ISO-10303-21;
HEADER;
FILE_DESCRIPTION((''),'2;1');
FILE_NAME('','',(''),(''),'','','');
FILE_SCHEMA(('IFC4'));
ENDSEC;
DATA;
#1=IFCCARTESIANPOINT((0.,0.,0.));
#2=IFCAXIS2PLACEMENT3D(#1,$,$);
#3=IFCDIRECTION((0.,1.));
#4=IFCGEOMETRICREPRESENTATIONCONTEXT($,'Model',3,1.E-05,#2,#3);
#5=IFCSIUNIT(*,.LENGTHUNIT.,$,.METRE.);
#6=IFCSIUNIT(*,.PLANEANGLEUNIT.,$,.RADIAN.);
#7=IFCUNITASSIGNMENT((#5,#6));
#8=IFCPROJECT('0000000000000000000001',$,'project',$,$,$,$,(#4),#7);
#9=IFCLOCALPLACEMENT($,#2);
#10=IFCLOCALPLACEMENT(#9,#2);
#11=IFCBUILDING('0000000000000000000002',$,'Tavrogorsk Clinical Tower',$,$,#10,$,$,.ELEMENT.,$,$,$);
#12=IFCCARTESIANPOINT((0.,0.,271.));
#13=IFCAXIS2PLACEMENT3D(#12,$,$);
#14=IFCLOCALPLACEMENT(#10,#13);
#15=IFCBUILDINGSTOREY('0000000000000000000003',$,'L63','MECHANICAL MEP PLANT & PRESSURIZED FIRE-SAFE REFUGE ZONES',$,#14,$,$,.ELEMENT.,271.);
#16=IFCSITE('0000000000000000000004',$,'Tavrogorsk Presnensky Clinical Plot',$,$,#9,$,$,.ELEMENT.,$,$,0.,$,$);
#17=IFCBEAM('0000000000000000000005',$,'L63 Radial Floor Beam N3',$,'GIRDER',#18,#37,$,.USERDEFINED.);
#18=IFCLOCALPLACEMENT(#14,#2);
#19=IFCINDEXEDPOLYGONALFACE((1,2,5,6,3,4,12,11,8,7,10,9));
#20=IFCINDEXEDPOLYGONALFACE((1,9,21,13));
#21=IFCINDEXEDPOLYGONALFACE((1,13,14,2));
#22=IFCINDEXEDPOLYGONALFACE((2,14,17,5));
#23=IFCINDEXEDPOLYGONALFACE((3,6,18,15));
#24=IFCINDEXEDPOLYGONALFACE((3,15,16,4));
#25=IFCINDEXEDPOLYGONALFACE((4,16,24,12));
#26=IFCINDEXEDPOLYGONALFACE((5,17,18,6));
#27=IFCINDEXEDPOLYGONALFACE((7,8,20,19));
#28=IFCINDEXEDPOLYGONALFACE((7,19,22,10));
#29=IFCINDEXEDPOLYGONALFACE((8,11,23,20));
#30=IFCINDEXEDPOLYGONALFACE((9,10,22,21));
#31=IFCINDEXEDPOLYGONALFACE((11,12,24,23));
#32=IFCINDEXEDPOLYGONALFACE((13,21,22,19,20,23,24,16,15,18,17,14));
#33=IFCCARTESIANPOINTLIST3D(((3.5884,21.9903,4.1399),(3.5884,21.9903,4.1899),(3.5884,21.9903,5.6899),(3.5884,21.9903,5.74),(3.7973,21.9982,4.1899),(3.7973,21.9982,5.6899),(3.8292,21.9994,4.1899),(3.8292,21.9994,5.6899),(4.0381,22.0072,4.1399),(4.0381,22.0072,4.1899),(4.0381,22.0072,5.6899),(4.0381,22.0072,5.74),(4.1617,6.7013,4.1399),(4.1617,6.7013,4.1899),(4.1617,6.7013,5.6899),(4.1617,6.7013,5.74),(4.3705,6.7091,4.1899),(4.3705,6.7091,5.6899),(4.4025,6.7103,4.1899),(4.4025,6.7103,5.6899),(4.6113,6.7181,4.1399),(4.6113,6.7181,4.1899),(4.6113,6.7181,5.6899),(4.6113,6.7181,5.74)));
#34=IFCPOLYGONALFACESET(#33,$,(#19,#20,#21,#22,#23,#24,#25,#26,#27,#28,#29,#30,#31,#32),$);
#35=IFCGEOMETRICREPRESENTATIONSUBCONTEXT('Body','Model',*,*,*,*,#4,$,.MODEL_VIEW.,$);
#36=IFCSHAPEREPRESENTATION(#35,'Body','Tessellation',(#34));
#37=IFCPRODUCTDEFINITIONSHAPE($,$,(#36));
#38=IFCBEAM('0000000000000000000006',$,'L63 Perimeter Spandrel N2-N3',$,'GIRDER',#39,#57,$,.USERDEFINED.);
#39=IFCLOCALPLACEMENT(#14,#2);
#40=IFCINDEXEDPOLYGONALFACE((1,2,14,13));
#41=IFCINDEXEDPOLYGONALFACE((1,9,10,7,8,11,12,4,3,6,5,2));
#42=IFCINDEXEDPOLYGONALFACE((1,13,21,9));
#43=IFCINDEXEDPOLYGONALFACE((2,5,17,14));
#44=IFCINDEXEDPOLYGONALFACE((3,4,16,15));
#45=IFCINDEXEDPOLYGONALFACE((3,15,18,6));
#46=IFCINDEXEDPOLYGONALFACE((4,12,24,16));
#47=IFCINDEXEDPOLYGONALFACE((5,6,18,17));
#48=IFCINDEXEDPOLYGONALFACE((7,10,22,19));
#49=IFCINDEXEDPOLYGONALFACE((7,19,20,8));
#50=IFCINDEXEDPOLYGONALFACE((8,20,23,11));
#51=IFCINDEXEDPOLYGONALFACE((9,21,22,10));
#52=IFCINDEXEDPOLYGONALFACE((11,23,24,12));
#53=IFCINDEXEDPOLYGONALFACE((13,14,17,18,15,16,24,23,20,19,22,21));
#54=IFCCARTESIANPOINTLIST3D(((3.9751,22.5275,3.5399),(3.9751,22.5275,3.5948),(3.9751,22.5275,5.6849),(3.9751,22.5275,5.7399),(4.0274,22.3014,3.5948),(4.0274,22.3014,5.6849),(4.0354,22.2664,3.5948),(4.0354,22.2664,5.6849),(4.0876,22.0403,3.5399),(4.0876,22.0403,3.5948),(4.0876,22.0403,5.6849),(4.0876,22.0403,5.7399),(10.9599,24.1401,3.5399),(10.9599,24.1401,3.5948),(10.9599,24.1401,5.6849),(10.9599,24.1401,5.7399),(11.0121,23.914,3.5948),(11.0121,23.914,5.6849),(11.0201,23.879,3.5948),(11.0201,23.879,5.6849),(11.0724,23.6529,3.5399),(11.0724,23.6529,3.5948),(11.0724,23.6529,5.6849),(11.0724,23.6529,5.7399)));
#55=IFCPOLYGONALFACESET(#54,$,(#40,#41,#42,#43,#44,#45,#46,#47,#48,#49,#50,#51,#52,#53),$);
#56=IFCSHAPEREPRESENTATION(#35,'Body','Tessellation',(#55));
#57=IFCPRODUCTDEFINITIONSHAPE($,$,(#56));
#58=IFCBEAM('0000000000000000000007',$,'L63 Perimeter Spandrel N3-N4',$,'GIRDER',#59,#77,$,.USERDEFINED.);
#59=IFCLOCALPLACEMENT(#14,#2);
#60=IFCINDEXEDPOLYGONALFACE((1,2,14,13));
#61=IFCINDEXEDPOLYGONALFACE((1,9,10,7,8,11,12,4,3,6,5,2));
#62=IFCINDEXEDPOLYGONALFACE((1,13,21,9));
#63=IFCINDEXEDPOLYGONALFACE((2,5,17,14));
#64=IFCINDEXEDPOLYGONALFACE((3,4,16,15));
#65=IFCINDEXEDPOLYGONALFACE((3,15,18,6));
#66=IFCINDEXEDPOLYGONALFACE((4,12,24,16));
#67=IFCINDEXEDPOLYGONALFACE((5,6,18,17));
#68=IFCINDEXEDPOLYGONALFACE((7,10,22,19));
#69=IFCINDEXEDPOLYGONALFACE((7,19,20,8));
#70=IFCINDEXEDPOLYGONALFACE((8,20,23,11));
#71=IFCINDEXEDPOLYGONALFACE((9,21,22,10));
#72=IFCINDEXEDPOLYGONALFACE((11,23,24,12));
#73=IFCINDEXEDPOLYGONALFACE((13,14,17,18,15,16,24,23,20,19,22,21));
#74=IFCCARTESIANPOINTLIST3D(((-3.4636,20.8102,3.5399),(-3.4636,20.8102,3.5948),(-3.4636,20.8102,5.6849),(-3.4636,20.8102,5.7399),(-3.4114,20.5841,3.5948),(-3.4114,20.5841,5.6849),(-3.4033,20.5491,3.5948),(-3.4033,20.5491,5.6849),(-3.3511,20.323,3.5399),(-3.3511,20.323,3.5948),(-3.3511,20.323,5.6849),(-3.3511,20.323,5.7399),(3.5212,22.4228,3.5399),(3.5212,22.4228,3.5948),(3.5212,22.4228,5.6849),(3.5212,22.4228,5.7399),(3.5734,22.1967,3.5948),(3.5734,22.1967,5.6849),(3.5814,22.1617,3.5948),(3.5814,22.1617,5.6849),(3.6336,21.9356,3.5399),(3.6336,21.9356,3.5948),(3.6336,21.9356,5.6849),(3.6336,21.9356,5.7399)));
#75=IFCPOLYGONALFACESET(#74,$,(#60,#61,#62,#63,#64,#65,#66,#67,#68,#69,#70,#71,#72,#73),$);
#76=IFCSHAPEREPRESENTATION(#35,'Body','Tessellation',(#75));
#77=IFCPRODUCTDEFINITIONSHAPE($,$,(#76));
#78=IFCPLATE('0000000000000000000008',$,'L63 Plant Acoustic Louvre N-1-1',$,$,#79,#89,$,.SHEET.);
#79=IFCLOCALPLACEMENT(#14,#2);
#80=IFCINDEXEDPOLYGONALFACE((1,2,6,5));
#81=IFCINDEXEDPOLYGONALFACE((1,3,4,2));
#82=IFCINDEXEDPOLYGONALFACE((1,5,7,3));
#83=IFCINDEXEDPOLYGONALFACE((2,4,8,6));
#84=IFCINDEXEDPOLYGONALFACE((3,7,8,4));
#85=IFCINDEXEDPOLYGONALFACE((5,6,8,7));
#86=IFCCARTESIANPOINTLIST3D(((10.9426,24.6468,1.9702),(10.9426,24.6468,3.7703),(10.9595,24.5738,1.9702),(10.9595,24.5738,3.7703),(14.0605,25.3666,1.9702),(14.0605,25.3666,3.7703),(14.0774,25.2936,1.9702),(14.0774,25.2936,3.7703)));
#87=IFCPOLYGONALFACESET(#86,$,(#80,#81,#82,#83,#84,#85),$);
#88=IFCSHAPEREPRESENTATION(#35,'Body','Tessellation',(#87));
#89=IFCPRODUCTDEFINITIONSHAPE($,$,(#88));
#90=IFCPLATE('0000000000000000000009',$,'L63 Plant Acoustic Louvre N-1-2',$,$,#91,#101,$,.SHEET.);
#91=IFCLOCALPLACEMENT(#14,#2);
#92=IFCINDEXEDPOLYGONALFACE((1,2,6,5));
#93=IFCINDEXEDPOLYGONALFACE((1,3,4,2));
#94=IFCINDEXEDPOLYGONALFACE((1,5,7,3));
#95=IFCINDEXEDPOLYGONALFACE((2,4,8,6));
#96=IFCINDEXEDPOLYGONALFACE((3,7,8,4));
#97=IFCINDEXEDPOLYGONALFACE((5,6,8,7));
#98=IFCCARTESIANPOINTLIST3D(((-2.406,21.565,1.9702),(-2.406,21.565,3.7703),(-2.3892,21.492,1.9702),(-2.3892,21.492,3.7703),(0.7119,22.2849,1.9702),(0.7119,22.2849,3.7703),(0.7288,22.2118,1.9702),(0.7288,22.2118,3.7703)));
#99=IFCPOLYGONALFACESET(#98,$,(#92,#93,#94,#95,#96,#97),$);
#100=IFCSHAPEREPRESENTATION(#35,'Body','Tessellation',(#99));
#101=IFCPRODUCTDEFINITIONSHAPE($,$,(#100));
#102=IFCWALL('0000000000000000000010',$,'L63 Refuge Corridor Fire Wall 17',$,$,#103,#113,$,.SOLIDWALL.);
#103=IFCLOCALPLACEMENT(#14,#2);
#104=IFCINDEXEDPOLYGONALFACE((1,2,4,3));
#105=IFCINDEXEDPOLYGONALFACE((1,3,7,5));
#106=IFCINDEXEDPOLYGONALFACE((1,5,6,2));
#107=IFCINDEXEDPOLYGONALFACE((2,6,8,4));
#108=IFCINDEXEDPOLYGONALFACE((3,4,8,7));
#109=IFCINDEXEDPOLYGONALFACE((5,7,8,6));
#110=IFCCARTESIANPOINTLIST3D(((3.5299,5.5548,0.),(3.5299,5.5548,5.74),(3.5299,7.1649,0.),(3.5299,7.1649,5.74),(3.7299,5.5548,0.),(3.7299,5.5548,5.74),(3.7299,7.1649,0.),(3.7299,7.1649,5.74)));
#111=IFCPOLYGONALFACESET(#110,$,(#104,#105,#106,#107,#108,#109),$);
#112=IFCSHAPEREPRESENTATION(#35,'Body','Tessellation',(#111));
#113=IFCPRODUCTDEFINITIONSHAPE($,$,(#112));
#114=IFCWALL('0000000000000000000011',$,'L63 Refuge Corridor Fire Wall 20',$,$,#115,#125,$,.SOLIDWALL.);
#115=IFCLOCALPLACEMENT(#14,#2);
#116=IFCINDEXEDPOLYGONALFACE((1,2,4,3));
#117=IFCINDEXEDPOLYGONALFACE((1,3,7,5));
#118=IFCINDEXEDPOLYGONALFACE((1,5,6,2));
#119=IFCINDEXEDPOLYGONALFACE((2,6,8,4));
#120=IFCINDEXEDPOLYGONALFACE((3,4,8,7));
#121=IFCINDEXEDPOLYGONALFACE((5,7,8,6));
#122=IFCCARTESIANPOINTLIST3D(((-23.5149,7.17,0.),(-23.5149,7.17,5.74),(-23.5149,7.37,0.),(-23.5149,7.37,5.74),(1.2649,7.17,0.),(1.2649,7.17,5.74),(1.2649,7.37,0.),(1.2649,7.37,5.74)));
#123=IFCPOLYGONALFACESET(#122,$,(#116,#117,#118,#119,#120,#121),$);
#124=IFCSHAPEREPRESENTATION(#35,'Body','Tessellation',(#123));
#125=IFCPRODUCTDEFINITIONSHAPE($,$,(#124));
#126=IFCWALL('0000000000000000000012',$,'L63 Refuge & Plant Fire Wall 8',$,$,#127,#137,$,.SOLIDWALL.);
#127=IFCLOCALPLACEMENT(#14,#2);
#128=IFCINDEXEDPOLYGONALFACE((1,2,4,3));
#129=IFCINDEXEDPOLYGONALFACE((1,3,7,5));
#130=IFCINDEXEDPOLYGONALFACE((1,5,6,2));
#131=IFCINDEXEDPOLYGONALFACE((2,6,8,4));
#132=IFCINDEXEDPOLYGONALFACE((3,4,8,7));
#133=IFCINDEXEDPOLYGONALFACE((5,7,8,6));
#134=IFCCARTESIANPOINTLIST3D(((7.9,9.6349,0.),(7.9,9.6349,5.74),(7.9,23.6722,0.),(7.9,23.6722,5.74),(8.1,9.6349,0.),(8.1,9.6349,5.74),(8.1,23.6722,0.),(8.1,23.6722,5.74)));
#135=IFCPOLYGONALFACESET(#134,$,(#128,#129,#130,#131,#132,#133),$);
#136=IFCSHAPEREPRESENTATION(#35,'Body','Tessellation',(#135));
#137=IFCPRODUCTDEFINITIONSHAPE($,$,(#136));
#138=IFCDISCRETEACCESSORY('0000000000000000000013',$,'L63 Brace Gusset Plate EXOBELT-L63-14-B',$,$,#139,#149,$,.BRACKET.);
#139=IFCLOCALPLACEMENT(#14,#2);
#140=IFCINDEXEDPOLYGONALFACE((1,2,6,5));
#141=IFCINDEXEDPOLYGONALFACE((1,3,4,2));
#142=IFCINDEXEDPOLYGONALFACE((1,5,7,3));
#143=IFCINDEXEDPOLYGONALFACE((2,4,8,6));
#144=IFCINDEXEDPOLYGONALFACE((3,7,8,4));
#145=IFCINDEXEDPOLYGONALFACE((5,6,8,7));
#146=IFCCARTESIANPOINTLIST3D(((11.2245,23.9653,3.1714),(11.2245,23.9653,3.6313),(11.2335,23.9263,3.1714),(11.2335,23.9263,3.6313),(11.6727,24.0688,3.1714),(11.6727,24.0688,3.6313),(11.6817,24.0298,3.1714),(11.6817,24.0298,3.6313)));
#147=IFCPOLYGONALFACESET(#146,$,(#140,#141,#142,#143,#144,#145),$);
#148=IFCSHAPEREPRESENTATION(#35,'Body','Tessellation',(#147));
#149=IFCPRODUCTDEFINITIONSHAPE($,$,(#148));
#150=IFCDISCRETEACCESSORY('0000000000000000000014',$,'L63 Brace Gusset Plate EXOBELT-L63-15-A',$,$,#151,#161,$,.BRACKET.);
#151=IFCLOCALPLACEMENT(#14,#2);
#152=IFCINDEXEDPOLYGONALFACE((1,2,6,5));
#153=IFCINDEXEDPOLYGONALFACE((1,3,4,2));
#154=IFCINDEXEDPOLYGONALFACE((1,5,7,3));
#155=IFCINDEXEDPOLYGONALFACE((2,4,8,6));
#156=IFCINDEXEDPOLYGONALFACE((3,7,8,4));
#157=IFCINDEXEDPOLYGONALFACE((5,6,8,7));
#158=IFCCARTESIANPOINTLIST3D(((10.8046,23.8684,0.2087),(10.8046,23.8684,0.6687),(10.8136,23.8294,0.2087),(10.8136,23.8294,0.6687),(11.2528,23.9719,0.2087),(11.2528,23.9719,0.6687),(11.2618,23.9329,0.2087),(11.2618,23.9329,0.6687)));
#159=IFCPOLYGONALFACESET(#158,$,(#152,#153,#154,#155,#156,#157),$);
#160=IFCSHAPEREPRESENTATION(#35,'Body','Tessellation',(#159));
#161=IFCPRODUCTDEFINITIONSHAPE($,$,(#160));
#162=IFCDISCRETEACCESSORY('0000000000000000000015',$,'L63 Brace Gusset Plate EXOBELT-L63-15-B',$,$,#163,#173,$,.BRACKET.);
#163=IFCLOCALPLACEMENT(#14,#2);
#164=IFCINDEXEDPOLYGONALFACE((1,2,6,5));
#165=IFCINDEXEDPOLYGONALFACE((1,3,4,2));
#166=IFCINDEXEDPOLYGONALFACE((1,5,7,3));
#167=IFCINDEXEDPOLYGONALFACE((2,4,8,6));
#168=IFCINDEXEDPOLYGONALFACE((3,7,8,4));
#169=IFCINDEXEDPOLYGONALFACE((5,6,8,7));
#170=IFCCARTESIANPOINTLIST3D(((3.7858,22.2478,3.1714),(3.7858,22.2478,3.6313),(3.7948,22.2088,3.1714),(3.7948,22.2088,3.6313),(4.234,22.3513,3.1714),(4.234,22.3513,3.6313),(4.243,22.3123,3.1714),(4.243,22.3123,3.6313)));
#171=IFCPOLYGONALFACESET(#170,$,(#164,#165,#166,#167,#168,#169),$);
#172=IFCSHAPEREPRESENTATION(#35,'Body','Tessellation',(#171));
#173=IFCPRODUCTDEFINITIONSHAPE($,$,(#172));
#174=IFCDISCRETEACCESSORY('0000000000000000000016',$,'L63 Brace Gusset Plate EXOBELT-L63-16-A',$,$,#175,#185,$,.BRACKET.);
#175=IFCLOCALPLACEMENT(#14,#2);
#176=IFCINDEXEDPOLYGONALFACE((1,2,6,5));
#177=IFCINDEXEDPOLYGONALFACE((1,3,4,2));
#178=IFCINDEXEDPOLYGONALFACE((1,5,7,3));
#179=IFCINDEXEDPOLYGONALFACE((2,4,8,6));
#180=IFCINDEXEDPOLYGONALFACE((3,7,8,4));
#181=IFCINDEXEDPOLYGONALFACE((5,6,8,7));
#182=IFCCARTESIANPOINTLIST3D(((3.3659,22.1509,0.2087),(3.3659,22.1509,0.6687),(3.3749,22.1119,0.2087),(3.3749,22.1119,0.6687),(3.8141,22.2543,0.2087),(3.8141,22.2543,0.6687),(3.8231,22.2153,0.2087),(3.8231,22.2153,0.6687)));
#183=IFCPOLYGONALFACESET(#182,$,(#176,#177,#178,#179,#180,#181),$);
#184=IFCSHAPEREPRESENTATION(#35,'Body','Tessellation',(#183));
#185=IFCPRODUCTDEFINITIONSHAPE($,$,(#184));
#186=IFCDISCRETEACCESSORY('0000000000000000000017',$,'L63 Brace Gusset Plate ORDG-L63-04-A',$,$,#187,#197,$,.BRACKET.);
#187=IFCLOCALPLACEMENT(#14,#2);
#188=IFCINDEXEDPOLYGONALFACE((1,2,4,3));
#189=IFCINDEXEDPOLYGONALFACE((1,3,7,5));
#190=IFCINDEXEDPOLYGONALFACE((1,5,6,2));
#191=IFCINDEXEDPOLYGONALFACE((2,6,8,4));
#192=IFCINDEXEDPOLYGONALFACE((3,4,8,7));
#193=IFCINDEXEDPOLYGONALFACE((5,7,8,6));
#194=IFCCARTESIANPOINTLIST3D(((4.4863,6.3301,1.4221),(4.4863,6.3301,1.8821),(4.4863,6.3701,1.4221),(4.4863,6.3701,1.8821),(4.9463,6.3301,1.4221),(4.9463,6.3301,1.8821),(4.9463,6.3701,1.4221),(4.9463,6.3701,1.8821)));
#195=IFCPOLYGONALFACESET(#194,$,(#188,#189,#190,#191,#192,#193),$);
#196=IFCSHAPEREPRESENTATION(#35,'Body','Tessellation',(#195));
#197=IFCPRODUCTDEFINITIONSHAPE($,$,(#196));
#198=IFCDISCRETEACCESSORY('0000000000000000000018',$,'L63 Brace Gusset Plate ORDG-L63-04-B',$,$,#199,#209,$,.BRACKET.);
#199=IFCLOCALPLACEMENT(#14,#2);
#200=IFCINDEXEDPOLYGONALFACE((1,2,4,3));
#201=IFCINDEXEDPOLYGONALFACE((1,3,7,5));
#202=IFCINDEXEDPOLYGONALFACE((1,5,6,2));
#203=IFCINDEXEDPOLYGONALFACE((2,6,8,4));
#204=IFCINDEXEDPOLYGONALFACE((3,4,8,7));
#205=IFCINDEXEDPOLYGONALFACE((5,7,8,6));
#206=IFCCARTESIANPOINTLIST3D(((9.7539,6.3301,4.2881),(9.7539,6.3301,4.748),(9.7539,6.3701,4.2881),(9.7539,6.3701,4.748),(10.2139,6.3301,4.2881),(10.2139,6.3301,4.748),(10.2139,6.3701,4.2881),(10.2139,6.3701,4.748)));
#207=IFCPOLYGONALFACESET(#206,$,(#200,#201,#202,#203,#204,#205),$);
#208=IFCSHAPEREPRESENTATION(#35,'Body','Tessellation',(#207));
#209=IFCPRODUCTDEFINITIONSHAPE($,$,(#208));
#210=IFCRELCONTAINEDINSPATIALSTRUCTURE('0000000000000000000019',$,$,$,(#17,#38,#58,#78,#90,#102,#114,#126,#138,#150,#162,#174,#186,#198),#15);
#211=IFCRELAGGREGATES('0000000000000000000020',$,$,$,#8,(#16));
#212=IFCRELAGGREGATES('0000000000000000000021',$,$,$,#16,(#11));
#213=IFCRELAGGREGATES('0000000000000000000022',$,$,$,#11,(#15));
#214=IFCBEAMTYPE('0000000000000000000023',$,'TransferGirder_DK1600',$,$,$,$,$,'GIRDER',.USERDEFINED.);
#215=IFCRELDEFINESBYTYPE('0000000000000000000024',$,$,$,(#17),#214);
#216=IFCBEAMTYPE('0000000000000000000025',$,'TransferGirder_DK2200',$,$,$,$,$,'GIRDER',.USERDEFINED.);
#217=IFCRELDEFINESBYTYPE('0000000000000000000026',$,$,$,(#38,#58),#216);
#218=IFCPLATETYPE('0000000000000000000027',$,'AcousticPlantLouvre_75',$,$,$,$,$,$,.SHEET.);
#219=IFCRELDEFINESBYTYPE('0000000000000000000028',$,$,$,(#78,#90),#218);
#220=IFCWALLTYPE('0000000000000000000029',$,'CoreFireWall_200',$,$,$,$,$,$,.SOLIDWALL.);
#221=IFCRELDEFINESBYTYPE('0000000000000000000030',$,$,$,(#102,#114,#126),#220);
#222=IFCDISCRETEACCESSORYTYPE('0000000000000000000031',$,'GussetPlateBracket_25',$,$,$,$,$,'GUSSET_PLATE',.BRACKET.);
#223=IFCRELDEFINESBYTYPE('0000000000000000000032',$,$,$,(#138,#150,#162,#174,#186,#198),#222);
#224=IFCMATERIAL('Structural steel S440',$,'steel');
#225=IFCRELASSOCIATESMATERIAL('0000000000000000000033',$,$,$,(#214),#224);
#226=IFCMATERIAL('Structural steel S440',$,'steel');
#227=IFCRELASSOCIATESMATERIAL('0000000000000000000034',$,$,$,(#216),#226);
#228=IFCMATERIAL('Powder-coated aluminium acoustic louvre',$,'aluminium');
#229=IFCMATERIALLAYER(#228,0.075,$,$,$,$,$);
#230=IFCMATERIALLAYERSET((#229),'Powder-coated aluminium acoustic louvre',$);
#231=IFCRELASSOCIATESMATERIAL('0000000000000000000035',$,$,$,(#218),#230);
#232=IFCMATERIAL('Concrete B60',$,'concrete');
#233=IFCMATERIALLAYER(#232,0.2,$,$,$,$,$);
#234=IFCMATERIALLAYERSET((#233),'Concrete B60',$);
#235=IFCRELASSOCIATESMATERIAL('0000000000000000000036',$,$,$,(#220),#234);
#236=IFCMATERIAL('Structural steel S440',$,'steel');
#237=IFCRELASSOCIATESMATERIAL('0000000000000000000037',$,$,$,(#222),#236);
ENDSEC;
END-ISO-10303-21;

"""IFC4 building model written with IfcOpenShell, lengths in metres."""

from ifc_helpers import new_model, si_unit, direction, frame, frame_2d, origin, origin_2d, place, context, subcontext, project, spatial, rectangle, i_section, extrude, material, layer, layer_set, material_profile, profile_set, type_object, element, save


model = new_model("IFC4")

# Units and contexts
model_context = context("Model", 3, precision=1e-05, world=origin(), true_north=direction((0.0, 1.0)))
body_context = subcontext(model_context, "Body", "Model", "MODEL_VIEW")
ifc_project = project(units=[si_unit("LENGTHUNIT", "METRE"), si_unit("PLANEANGLEUNIT", "RADIAN")], contexts=[model_context])

# Site, building, storey
site_placement = place(None, origin())
site = spatial("IfcSite", under=ifc_project, at=site_placement, Name="Tavrogorsk Presnensky Clinical Plot", CompositionType="ELEMENT", RefElevation=0.0)
building_placement = place(site_placement, origin())
building = spatial("IfcBuilding", under=site, at=building_placement, Name="Tavrogorsk Clinical Tower", CompositionType="ELEMENT")
storey_placement = place(building_placement, frame((0.0, 0.0, 271.0)))
storey = spatial("IfcBuildingStorey", under=building, at=storey_placement, Name="L63", Description="MECHANICAL MEP PLANT & PRESSURIZED FIRE-SAFE REFUGE ZONES", CompositionType="ELEMENT", Elevation=271.0)

# Beams
ifc_material_1 = material(Name="Structural steel S440", Category="steel")
ifc_material_profile_1 = material_profile(ifc_material_1, i_section(OverallWidth=0.45, OverallDepth=1.6001, WebThickness=0.032, FlangeThickness=0.05, at=origin_2d()), Name="DK-1600x450x32x50")
ifc_profile_set_1 = profile_set([ifc_material_profile_1], Name="Structural steel S440")
beam_type_1 = type_object("IfcBeamType", Name="TransferGirder_DK1600", ElementType="GIRDER", PredefinedType="USERDEFINED", material=ifc_profile_set_1)
beam_1_placement = place(storey_placement, frame((4.3865, 6.7097, 4.9399), z_axis=(-0.037467, 0.999298, 0.0), x_axis=(-0.999298, -0.037467, 0.0)))
element("IfcBeam", 1, at=beam_1_placement, inside=storey, type_object=beam_type_1, Name="L63 Radial Floor Beam N3", ObjectType="GIRDER", PredefinedType="USERDEFINED", context=body_context, shape_type="SweptSolid", body=[
    extrude(i_section(OverallWidth=0.45, OverallDepth=1.6001, WebThickness=0.032, FlangeThickness=0.05, at=origin_2d()), origin(), (0.0, 0.0, 1.0), 15.2998),
])
ifc_material_2 = material(Name="Structural steel S440", Category="steel")
ifc_material_profile_2 = material_profile(ifc_material_2, i_section(OverallWidth=0.5, OverallDepth=2.2, WebThickness=0.0359, FlangeThickness=0.0549, at=origin_2d()), Name="DK-2200x500x36x55")
ifc_profile_set_2 = profile_set([ifc_material_profile_2], Name="Structural steel S440")
beam_type_2 = type_object("IfcBeamType", Name="TransferGirder_DK2200", ElementType="GIRDER", PredefinedType="USERDEFINED", material=ifc_profile_set_2)
for number, where, z_axis, x_axis, name in (
    (2, (11.0161, 23.8965, 4.6399), (-0.974369, -0.224954, 0.0), (0.224954, -0.974369, 0.0), "L63 Perimeter Spandrel N2-N3"),
    (3, (3.5774, 22.1792, 4.6399), (-0.974369, -0.224954, 0.0), (0.224954, -0.974369, 0.0), "L63 Perimeter Spandrel N3-N4"),
):
    element("IfcBeam", number, at=place(storey_placement, frame(where, z_axis=z_axis, x_axis=x_axis)), inside=storey, type_object=beam_type_2, Name=name, ObjectType="GIRDER", PredefinedType="USERDEFINED", context=body_context, shape_type="SweptSolid", body=[
        extrude(i_section(OverallWidth=0.5, OverallDepth=2.2, WebThickness=0.0359, FlangeThickness=0.0549, at=origin_2d()), origin(), (0.0, 0.0, 1.0), 7.1685),
    ])

# Plates
ifc_material_3 = material(Name="Powder-coated aluminium acoustic louvre", Category="aluminium")
ifc_layer_1 = layer(ifc_material_3, 0.075)
ifc_layer_set_1 = layer_set([ifc_layer_1], Name="Powder-coated aluminium acoustic louvre")
plate_type = type_object("IfcPlateType", Name="AcousticPlantLouvre_75", PredefinedType="SHEET", material=ifc_layer_set_1)
for number, where, z_axis, x_axis, name in (
    (4, (12.51, 24.9702, 1.9702), (0.0, 0.0, 1.0), (-0.97437, -0.224953, 0.0), "L63 Plant Acoustic Louvre N-1-1"),
    (5, (-0.8386, 21.8884, 1.9702), (0.0, 0.0, 1.0), (-0.97437, -0.224953, 0.0), "L63 Plant Acoustic Louvre N-1-2"),
):
    element("IfcPlate", number, at=place(storey_placement, frame(where, z_axis=z_axis, x_axis=x_axis)), inside=storey, type_object=plate_type, Name=name, PredefinedType="SHEET", context=body_context, shape_type="SweptSolid", body=[
        extrude(rectangle(XDim=3.2, YDim=0.075, at=origin_2d()), origin(), (0.0, 0.0, 1.0), 1.8),
    ])

# Walls
ifc_material_4 = material(Name="Concrete B60", Category="concrete")
ifc_layer_2 = layer(ifc_material_4, 0.2)
ifc_layer_set_2 = layer_set([ifc_layer_2], Name="Concrete B60")
wall_type = type_object("IfcWallType", Name="CoreFireWall_200", PredefinedType="SOLIDWALL", material=ifc_layer_set_2)
wall_1_placement = place(storey_placement, frame((3.6299, 7.165, 0.0), z_axis=(0.0, 0.0, 1.0), x_axis=(0.0, -1.0, 0.0)))
element("IfcWall", 6, at=wall_1_placement, inside=storey, type_object=wall_type, Name="L63 Refuge Corridor Fire Wall 17", PredefinedType="SOLIDWALL", context=body_context, shape_type="SweptSolid", body=[
    extrude(rectangle(XDim=1.6101, YDim=0.2, at=frame_2d((0.8052, 0.0))), origin(), (0.0, 0.0, 1.0), 5.74),
])
wall_2_placement = place(storey_placement, frame((1.2649, 7.27, 0.0), z_axis=(0.0, 0.0, 1.0), x_axis=(-1.0, 0.0, 0.0)))
element("IfcWall", 7, at=wall_2_placement, inside=storey, type_object=wall_type, Name="L63 Refuge Corridor Fire Wall 20", PredefinedType="SOLIDWALL", context=body_context, shape_type="SweptSolid", body=[
    extrude(rectangle(XDim=24.7798, YDim=0.2, at=frame_2d((12.3899, 0.0))), origin(), (0.0, 0.0, 1.0), 5.74),
])
wall_3_placement = place(storey_placement, frame((8.0, 9.635, 0.0), z_axis=(0.0, 0.0, 1.0), x_axis=(0.0, 1.0, 0.0)))
element("IfcWall", 8, at=wall_3_placement, inside=storey, type_object=wall_type, Name="L63 Refuge & Plant Fire Wall 8", PredefinedType="SOLIDWALL", context=body_context, shape_type="SweptSolid", body=[
    extrude(rectangle(XDim=14.0374, YDim=0.2, at=frame_2d((7.0186, 0.0))), origin(), (0.0, 0.0, 1.0), 5.74),
])

# Discrete accessories
ifc_material_5 = material(Name="Structural steel S440", Category="steel")
discrete_accessory_type_1 = type_object("IfcDiscreteAccessoryType", Name="GussetPlateBracket_25", ElementType="GUSSET_PLATE", PredefinedType="BRACKET", material=ifc_material_5)
for number, where, z_axis, x_axis, name in (
    (9, (11.4531, 23.9976, 3.1714), (0.0, 0.0, 1.0), (-0.97437, -0.224951, 0.0), "L63 Brace Gusset Plate EXOBELT-L63-14-B"),
    (10, (11.0332, 23.9006, 0.2087), (0.0, 0.0, 1.0), (-0.97437, -0.224951, 0.0), "L63 Brace Gusset Plate EXOBELT-L63-15-A"),
    (11, (4.0144, 22.28, 3.1714), (0.0, 0.0, 1.0), (-0.97437, -0.224951, 0.0), "L63 Brace Gusset Plate EXOBELT-L63-15-B"),
    (12, (3.5945, 22.1831, 0.2087), (0.0, 0.0, 1.0), (-0.97437, -0.224951, 0.0), "L63 Brace Gusset Plate EXOBELT-L63-16-A"),
    (13, (4.7163, 6.3501, 1.4221), (0.0, 0.0, 1.0), (1.0, 0.0, 0.0), "L63 Brace Gusset Plate ORDG-L63-04-A"),
    (14, (9.9839, 6.3501, 4.2881), (0.0, 0.0, 1.0), (1.0, 0.0, 0.0), "L63 Brace Gusset Plate ORDG-L63-04-B"),
):
    element("IfcDiscreteAccessory", number, at=place(storey_placement, frame(where, z_axis=z_axis, x_axis=x_axis)), inside=storey, type_object=discrete_accessory_type_1, Name=name, PredefinedType="BRACKET", context=body_context, shape_type="SweptSolid", body=[
        extrude(rectangle(XDim=0.46, YDim=0.04, at=origin_2d()), origin(), (0.0, 0.0, 1.0), 0.46),
    ])

save(model, "model.ifc")
